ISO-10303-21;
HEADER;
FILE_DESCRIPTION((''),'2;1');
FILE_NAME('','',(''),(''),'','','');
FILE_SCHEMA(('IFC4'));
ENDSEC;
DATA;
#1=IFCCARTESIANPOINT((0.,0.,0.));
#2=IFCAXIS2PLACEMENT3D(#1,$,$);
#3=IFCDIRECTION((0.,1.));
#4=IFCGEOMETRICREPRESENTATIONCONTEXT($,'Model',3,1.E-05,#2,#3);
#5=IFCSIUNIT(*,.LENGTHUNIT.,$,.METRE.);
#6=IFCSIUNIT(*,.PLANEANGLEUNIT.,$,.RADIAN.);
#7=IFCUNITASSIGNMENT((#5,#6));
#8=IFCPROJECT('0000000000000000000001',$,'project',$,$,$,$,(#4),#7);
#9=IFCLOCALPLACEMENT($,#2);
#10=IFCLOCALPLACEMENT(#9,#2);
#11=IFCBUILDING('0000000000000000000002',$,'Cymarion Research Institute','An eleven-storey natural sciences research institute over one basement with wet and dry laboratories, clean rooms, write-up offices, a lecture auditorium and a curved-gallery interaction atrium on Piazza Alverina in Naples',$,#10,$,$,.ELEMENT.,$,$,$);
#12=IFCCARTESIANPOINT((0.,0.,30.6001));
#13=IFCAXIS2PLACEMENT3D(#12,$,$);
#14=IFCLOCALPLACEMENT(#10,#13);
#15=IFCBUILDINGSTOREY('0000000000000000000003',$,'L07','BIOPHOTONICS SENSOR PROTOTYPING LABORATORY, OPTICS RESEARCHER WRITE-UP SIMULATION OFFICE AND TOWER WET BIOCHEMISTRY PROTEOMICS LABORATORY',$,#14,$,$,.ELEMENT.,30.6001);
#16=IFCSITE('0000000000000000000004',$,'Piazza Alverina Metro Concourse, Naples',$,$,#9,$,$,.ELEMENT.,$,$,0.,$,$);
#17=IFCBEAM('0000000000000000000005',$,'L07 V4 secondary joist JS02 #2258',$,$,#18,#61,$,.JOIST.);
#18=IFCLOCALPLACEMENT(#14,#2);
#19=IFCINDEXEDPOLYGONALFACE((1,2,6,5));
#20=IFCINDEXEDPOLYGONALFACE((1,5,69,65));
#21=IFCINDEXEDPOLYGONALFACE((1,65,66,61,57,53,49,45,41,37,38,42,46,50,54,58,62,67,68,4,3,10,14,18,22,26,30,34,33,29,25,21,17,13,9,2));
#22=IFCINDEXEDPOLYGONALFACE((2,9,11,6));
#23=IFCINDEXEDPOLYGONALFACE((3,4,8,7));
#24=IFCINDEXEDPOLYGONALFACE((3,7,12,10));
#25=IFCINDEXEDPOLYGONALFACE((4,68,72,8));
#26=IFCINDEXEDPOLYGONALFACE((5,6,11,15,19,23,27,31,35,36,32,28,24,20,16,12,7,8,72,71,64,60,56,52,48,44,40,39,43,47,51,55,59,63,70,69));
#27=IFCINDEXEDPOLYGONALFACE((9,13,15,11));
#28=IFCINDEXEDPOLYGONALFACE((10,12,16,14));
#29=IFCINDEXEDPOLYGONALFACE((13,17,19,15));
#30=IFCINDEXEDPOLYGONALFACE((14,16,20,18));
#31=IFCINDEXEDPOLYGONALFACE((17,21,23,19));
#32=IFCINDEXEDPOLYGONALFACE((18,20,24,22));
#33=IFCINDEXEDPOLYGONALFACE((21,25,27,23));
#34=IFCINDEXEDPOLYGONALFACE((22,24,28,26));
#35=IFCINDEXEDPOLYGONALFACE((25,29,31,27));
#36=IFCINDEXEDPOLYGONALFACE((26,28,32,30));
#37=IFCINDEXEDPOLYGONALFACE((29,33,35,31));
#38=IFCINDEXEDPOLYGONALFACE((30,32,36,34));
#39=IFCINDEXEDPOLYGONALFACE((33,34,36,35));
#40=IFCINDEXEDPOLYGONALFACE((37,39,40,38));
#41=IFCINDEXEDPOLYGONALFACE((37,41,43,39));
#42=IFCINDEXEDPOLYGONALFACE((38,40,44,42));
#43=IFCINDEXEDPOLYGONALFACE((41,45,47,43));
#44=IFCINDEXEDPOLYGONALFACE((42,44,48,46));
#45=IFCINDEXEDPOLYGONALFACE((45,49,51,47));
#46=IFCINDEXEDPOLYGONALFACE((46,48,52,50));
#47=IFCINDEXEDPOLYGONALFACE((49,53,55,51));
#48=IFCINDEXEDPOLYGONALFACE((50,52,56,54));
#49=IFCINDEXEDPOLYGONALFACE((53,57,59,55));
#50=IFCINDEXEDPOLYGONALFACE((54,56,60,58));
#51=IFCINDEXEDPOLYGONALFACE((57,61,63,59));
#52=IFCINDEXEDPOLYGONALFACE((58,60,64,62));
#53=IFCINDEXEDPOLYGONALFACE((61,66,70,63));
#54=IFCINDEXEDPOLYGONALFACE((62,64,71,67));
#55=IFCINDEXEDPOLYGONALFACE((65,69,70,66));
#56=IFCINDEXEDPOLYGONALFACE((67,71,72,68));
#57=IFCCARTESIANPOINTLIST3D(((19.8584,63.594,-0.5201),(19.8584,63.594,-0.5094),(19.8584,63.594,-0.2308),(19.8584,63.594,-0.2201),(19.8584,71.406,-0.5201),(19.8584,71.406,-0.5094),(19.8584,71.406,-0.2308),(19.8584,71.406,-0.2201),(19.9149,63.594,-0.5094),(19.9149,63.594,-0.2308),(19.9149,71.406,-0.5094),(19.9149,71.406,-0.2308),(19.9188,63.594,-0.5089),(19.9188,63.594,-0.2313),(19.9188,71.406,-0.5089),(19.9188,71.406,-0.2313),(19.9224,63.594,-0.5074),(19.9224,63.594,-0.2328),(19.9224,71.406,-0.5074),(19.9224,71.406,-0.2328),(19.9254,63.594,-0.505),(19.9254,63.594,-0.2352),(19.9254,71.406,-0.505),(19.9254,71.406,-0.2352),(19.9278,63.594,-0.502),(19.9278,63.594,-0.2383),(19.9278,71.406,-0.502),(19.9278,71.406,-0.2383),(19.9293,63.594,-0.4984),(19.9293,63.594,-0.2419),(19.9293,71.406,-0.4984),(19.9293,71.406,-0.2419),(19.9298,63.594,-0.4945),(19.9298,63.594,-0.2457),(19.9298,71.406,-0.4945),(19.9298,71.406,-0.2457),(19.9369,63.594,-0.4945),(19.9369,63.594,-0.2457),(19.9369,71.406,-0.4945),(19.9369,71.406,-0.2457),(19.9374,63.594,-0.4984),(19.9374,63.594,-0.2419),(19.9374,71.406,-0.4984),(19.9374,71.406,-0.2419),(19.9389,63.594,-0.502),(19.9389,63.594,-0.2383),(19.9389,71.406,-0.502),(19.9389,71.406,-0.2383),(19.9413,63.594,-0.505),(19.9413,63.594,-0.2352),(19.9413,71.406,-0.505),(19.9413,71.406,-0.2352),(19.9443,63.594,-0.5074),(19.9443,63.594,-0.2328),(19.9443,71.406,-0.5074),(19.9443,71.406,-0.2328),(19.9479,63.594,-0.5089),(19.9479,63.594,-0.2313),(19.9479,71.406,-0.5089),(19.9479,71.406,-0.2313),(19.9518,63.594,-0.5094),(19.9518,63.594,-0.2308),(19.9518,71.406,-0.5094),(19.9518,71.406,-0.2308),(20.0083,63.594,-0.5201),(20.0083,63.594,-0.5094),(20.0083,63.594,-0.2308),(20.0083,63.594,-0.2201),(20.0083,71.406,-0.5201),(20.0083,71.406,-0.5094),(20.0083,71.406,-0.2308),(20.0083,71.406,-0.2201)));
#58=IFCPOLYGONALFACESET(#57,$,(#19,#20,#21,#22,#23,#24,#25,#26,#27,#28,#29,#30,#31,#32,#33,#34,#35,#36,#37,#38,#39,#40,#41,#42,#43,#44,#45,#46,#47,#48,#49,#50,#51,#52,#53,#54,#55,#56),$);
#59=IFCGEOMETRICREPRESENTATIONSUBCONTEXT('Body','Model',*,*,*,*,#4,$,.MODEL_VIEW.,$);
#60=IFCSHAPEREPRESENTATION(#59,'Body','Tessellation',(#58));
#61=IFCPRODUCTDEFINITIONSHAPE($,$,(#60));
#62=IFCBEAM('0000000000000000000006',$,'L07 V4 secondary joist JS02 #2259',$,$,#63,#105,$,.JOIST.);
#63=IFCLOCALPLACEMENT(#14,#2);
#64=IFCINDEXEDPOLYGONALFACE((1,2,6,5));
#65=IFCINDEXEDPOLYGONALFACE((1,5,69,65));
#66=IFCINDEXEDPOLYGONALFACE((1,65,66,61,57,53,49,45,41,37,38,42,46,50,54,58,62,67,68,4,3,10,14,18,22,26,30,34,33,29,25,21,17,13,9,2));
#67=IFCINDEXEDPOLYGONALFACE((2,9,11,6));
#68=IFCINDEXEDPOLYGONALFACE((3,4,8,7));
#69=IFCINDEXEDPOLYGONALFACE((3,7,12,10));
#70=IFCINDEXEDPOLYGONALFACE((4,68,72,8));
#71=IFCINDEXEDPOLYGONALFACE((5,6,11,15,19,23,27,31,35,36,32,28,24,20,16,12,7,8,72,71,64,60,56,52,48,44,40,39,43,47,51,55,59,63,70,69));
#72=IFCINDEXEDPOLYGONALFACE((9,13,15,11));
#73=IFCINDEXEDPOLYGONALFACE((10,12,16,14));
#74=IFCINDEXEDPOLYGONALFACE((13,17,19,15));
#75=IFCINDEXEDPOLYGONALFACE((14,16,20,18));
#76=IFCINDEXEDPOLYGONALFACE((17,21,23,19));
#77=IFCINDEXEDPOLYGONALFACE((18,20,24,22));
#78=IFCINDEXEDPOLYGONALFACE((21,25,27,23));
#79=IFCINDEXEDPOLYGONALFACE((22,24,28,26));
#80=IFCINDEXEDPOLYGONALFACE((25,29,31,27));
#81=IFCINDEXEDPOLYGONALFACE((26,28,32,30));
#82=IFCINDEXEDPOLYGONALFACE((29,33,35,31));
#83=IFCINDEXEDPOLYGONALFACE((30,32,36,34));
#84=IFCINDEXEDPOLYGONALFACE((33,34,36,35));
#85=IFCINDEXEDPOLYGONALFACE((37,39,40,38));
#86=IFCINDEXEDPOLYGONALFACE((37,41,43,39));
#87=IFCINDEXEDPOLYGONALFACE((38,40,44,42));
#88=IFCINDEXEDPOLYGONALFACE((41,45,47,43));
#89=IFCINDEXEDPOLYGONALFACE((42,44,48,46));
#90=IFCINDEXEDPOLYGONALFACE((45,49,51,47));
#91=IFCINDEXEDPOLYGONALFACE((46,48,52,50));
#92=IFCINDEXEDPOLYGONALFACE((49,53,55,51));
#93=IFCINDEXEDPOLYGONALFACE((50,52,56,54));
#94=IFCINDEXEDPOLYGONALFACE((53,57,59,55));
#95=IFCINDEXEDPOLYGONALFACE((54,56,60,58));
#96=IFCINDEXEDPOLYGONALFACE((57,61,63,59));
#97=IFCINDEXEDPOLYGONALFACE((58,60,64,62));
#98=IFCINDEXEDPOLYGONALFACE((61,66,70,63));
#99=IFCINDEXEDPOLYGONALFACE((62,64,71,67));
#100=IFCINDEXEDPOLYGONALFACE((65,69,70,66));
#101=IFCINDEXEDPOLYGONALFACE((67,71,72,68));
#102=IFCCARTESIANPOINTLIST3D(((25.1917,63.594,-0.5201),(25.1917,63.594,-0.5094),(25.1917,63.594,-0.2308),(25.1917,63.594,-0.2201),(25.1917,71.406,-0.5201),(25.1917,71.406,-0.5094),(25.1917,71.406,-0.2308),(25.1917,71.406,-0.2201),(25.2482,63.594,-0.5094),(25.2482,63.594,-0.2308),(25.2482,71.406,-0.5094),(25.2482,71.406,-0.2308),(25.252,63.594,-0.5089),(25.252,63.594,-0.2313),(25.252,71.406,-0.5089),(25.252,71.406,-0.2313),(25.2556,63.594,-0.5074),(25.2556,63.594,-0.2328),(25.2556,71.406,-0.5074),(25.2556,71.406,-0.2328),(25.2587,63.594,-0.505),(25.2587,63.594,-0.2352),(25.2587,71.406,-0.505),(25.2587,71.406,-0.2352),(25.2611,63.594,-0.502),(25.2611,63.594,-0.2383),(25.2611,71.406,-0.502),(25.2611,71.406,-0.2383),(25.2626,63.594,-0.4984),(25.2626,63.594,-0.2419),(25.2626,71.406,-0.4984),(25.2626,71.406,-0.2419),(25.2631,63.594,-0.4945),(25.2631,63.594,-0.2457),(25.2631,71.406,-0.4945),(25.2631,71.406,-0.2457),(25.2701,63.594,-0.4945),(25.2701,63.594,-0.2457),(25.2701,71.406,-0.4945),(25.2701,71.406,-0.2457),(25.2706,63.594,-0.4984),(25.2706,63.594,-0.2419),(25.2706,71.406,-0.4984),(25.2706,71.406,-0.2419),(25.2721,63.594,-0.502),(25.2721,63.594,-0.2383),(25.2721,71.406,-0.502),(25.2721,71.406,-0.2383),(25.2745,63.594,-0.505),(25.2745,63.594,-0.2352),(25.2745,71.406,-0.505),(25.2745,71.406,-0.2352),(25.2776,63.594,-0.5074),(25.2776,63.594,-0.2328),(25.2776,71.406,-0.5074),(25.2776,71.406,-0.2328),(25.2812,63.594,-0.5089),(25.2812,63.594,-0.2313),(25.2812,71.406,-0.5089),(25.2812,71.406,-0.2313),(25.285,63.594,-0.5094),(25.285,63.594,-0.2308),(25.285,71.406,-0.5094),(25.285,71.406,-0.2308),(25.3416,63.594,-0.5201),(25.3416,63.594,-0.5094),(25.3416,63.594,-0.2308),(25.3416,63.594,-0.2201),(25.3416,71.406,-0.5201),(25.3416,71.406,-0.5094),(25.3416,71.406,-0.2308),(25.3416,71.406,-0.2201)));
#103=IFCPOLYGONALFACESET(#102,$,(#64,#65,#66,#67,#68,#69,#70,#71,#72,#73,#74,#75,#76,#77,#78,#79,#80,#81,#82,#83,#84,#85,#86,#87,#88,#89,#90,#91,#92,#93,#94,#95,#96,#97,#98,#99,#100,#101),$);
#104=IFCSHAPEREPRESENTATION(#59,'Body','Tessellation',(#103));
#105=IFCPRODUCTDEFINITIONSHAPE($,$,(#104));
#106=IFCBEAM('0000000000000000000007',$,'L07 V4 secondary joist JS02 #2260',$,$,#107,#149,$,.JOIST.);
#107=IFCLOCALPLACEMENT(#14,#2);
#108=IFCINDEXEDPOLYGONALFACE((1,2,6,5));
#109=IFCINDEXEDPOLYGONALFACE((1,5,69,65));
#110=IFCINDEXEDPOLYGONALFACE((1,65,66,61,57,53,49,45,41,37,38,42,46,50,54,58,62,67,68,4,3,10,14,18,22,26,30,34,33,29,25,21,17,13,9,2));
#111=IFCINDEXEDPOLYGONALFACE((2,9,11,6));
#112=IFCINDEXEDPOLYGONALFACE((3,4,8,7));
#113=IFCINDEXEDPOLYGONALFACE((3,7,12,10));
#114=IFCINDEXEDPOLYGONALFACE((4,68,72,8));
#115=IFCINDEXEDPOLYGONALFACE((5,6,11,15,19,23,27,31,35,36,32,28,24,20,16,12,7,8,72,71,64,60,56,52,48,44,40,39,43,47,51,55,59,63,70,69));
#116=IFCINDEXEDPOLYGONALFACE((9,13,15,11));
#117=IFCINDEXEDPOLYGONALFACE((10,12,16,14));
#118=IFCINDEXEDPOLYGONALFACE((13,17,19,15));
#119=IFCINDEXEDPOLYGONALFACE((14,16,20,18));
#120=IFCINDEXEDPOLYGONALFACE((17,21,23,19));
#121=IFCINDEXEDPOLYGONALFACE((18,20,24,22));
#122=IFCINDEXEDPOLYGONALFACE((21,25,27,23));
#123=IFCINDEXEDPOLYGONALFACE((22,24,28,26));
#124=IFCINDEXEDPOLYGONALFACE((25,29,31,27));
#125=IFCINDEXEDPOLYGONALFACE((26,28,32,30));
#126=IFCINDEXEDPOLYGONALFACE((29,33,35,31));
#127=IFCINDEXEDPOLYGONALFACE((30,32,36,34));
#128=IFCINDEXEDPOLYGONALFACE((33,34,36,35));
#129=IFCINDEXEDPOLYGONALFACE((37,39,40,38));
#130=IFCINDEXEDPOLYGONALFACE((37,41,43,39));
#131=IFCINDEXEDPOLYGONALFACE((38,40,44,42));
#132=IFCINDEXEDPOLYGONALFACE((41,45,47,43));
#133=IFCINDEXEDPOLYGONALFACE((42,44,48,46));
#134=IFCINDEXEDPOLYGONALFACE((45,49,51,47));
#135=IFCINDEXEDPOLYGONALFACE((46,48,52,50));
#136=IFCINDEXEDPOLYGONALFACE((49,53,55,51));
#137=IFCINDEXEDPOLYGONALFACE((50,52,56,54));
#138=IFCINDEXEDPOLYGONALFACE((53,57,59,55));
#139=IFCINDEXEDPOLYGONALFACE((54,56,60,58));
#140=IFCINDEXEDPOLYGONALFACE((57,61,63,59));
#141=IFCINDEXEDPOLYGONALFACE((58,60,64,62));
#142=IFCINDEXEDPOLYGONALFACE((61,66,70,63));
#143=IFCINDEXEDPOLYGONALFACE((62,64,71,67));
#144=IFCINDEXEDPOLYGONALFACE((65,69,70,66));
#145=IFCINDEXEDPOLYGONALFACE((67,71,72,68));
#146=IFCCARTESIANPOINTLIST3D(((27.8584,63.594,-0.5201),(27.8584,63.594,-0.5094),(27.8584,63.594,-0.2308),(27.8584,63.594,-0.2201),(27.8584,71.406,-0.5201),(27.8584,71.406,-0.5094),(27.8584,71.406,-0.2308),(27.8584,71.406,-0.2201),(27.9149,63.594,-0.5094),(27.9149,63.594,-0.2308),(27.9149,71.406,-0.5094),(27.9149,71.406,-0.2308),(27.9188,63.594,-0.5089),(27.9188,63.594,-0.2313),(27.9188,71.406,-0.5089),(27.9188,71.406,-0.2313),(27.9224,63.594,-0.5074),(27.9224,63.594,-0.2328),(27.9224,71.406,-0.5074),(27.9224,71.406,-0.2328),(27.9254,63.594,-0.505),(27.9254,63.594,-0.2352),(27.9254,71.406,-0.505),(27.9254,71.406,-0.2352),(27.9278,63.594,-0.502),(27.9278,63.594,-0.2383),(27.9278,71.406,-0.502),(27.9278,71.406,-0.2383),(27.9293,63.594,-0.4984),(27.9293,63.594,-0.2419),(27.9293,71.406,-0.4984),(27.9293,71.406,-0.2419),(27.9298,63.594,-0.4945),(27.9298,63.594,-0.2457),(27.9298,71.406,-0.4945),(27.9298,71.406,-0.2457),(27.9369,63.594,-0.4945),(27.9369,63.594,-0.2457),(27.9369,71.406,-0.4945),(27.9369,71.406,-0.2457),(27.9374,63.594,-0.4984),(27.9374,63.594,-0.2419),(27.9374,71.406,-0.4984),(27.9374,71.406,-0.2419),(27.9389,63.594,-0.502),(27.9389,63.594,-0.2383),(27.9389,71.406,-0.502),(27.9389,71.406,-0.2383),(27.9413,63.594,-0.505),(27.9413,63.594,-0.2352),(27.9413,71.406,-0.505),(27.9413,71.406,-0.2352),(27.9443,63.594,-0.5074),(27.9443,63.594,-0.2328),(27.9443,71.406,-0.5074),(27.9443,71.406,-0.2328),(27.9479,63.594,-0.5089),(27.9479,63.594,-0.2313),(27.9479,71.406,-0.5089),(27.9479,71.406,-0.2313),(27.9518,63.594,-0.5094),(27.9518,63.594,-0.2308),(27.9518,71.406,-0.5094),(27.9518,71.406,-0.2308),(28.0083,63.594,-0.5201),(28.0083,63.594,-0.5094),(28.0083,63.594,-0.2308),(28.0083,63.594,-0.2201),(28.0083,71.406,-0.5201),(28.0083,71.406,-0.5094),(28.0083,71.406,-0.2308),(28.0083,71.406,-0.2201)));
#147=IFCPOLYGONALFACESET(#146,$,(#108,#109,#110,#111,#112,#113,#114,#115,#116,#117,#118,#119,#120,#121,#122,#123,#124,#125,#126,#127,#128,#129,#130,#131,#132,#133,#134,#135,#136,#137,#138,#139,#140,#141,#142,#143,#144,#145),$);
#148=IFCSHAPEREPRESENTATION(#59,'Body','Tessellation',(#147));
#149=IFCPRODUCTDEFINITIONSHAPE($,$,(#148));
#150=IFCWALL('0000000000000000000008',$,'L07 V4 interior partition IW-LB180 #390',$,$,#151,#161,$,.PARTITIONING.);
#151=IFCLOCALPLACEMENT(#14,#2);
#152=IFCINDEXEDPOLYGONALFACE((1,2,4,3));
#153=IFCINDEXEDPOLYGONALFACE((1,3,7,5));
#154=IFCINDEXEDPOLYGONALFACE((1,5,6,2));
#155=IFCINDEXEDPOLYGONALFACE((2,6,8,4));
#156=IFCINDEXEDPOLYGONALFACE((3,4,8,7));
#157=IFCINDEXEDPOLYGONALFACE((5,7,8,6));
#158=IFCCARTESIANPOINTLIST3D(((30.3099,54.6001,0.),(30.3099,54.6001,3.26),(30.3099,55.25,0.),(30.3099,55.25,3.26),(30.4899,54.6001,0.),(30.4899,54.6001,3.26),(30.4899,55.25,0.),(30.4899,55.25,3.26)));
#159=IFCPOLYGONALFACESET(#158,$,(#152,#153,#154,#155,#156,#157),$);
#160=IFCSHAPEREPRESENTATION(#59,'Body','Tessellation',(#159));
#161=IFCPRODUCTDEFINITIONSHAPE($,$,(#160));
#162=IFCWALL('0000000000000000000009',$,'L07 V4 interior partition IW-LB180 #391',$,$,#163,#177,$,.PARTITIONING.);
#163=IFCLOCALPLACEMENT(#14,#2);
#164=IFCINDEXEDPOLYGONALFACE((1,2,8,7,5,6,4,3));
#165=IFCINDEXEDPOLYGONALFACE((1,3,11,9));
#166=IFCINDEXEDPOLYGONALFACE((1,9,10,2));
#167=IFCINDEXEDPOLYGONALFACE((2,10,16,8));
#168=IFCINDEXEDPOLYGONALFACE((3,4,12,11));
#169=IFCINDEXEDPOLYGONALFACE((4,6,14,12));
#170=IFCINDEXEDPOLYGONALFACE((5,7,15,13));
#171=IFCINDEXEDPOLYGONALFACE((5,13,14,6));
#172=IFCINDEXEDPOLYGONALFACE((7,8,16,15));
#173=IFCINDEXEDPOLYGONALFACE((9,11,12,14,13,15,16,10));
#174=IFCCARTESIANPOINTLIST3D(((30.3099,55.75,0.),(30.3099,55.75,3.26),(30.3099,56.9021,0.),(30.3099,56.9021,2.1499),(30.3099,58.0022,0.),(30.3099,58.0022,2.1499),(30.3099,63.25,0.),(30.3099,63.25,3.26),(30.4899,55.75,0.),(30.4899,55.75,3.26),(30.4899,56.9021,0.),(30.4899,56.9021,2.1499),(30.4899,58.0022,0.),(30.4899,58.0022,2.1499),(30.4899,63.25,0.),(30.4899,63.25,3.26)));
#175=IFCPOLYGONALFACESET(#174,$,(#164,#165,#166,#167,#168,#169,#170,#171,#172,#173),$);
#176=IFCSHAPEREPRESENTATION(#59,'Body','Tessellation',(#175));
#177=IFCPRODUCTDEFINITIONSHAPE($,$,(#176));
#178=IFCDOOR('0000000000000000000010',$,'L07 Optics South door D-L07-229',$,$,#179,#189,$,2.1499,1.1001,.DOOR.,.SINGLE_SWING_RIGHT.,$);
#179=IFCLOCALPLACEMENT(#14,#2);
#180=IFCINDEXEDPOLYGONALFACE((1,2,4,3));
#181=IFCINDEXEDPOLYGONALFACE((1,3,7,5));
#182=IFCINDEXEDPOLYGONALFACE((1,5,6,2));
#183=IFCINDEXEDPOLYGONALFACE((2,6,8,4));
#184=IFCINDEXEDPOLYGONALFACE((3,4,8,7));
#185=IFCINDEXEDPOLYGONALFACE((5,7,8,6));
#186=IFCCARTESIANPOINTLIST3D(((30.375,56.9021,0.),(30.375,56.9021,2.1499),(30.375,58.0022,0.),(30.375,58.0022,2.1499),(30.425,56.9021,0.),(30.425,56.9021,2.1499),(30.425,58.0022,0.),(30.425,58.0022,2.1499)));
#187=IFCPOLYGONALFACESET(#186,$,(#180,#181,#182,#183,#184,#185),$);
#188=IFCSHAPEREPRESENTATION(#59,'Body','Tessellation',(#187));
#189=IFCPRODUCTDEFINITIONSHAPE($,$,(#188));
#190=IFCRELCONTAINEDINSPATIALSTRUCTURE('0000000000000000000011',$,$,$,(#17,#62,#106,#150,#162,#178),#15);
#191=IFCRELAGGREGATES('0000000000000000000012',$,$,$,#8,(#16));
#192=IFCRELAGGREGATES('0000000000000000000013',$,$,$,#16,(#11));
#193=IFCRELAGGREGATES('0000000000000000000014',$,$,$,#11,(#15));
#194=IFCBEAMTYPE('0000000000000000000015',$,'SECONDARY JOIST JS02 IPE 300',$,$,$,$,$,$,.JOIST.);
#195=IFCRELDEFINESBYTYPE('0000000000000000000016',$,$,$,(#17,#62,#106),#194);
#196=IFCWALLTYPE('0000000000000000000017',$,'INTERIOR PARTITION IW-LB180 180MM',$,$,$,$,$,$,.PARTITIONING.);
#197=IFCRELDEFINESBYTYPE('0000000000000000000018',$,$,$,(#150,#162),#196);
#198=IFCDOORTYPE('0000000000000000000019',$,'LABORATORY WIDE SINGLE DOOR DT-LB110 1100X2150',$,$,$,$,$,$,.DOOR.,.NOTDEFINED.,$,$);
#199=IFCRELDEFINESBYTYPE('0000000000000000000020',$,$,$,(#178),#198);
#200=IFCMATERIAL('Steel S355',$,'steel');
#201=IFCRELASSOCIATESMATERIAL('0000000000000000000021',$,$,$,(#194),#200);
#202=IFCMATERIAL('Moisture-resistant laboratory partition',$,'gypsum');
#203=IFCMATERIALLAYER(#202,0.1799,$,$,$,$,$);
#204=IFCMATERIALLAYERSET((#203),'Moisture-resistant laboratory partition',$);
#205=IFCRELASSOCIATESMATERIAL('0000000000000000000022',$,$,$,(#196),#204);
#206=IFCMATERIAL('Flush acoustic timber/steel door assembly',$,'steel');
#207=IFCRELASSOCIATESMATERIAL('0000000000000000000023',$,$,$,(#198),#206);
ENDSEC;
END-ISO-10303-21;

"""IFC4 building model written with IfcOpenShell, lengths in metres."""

from ifc_helpers import new_model, si_unit, direction, frame, frame_2d, origin, origin_2d, place, context, subcontext, project, spatial, rectangle, i_section, extrude, material, layer, layer_set, material_profile, profile_set, type_object, element, fill, save


model = new_model("IFC4")

# Units and contexts
model_context = context("Model", 3, precision=1e-05, world=origin(), true_north=direction((0.0, 1.0)))
body_context = subcontext(model_context, "Body", "Model", "MODEL_VIEW")
ifc_project = project(units=[si_unit("LENGTHUNIT", "METRE"), si_unit("PLANEANGLEUNIT", "RADIAN")], contexts=[model_context])

# Site, building, storey
site_placement = place(None, origin())
site = spatial("IfcSite", under=ifc_project, at=site_placement, Name="Piazza Alverina Metro Concourse, Naples", CompositionType="ELEMENT", RefElevation=0.0)
building_placement = place(site_placement, origin())
building = spatial("IfcBuilding", under=site, at=building_placement, Name="Cymarion Research Institute", Description="An eleven-storey natural sciences research institute over one basement with wet and dry laboratories, clean rooms, write-up offices, a lecture auditorium and a curved-gallery interaction atrium on Piazza Alverina in Naples", CompositionType="ELEMENT")
storey_placement = place(building_placement, frame((0.0, 0.0, 30.6001)))
storey = spatial("IfcBuildingStorey", under=building, at=storey_placement, Name="L07", Description="BIOPHOTONICS SENSOR PROTOTYPING LABORATORY, OPTICS RESEARCHER WRITE-UP SIMULATION OFFICE AND TOWER WET BIOCHEMISTRY PROTEOMICS LABORATORY", CompositionType="ELEMENT", Elevation=30.6001)

# Shared definitions
ifc_material_1 = material(Name="Steel S355", Category="steel")

# Beams
ifc_material_profile_1 = material_profile(ifc_material_1, i_section(OverallWidth=0.1499, OverallDepth=0.3, WebThickness=0.0071, FlangeThickness=0.0107, FilletRadius=0.0149, at=origin_2d()), Name="IPE 300")
ifc_profile_set_1 = profile_set([ifc_material_profile_1], Name="Steel S355")
beam_type_1 = type_object("IfcBeamType", Name="SECONDARY JOIST JS02 IPE 300", PredefinedType="JOIST", material=ifc_profile_set_1)
for number, where, z_axis, x_axis, name in (
    (1, (19.9333, 63.594, -0.3701), (0.0, 1.0, 0.0), (-1.0, 0.0, 0.0), "L07 V4 secondary joist JS02 #2258"),
    (2, (25.2666, 63.594, -0.3701), (0.0, 1.0, 0.0), (-1.0, 0.0, 0.0), "L07 V4 secondary joist JS02 #2259"),
    (3, (27.9333, 63.594, -0.3701), (0.0, 1.0, 0.0), (-1.0, 0.0, 0.0), "L07 V4 secondary joist JS02 #2260"),
):
    element("IfcBeam", number, at=place(storey_placement, frame(where, z_axis=z_axis, x_axis=x_axis)), inside=storey, type_object=beam_type_1, Name=name, PredefinedType="JOIST", context=body_context, shape_type="SweptSolid", body=[
        extrude(i_section(OverallWidth=0.1499, OverallDepth=0.3, WebThickness=0.0071, FlangeThickness=0.0107, FilletRadius=0.0149, at=origin_2d()), origin(), (0.0, 0.0, 1.0), 7.812),
    ])

# Wall
ifc_material_2 = material(Name="Moisture-resistant laboratory partition", Category="gypsum")
ifc_layer_1 = layer(ifc_material_2, 0.1799)
ifc_layer_set_1 = layer_set([ifc_layer_1], Name="Moisture-resistant laboratory partition")
wall_type_1 = type_object("IfcWallType", Name="INTERIOR PARTITION IW-LB180 180MM", PredefinedType="PARTITIONING", material=ifc_layer_set_1)
wall_1_placement = place(storey_placement, frame((30.3999, 54.6001, 0.0), z_axis=(0.0, 0.0, 1.0), x_axis=(0.0, 1.0, 0.0)))
element("IfcWall", 4, at=wall_1_placement, inside=storey, type_object=wall_type_1, Name="L07 V4 interior partition IW-LB180 #390", PredefinedType="PARTITIONING", context=body_context, shape_type="SweptSolid", body=[
    extrude(rectangle(XDim=0.6499, YDim=0.1799, at=frame_2d((0.325, 0.0))), origin(), (0.0, 0.0, 1.0), 3.26),
])

# Wall, opening, door
wall_2_placement = place(storey_placement, frame((30.3999, 55.75, 0.0), z_axis=(0.0, 0.0, 1.0), x_axis=(0.0, 1.0, 0.0)))
wall_2 = element("IfcWall", 5, at=wall_2_placement, inside=storey, type_object=wall_type_1, Name="L07 V4 interior partition IW-LB180 #391", PredefinedType="PARTITIONING", context=body_context, shape_type="SweptSolid", body=[
    extrude(rectangle(XDim=7.5, YDim=0.1799, at=frame_2d((3.75, 0.0))), origin(), (0.0, 0.0, 1.0), 3.26),
])
opening_1_placement = place(wall_2_placement, frame((1.1521, 0.0, 0.0)))
opening_1 = element("IfcOpeningElement", 6, at=opening_1_placement, cuts=wall_2, PredefinedType="OPENING", context=body_context, shape_type="SweptSolid", body=[
    extrude(rectangle(XDim=1.1001, YDim=2.1499, at=frame_2d((0.55, 1.075))), frame((0.0, 0.0999, 0.0), z_axis=(0.0, -1.0, 0.0), x_axis=(1.0, 0.0, 0.0)), (0.0, 0.0, 1.0), 0.2),
])
ifc_material_3 = material(Name="Flush acoustic timber/steel door assembly", Category="steel")
door_type_1 = type_object("IfcDoorType", Name="LABORATORY WIDE SINGLE DOOR DT-LB110 1100X2150", OperationType="NOTDEFINED", PredefinedType="DOOR", material=ifc_material_3)
door_1_placement = place(opening_1_placement, origin())
door_1 = element("IfcDoor", 7, at=door_1_placement, inside=storey, type_object=door_type_1, Name="L07 Optics South door D-L07-229", OperationType="SINGLE_SWING_RIGHT", OverallHeight=2.1499, OverallWidth=1.1001, PredefinedType="DOOR", context=body_context, shape_type="SweptSolid", body=[
    extrude(rectangle(XDim=1.1001, YDim=2.1499, at=frame_2d((0.55, 1.075))), frame((0.0, 0.0249, 0.0), z_axis=(0.0, -1.0, 0.0), x_axis=(1.0, 0.0, 0.0)), (0.0, 0.0, 1.0), 0.05),
])
fill(opening_1, door_1)

save(model, "model.ifc")
